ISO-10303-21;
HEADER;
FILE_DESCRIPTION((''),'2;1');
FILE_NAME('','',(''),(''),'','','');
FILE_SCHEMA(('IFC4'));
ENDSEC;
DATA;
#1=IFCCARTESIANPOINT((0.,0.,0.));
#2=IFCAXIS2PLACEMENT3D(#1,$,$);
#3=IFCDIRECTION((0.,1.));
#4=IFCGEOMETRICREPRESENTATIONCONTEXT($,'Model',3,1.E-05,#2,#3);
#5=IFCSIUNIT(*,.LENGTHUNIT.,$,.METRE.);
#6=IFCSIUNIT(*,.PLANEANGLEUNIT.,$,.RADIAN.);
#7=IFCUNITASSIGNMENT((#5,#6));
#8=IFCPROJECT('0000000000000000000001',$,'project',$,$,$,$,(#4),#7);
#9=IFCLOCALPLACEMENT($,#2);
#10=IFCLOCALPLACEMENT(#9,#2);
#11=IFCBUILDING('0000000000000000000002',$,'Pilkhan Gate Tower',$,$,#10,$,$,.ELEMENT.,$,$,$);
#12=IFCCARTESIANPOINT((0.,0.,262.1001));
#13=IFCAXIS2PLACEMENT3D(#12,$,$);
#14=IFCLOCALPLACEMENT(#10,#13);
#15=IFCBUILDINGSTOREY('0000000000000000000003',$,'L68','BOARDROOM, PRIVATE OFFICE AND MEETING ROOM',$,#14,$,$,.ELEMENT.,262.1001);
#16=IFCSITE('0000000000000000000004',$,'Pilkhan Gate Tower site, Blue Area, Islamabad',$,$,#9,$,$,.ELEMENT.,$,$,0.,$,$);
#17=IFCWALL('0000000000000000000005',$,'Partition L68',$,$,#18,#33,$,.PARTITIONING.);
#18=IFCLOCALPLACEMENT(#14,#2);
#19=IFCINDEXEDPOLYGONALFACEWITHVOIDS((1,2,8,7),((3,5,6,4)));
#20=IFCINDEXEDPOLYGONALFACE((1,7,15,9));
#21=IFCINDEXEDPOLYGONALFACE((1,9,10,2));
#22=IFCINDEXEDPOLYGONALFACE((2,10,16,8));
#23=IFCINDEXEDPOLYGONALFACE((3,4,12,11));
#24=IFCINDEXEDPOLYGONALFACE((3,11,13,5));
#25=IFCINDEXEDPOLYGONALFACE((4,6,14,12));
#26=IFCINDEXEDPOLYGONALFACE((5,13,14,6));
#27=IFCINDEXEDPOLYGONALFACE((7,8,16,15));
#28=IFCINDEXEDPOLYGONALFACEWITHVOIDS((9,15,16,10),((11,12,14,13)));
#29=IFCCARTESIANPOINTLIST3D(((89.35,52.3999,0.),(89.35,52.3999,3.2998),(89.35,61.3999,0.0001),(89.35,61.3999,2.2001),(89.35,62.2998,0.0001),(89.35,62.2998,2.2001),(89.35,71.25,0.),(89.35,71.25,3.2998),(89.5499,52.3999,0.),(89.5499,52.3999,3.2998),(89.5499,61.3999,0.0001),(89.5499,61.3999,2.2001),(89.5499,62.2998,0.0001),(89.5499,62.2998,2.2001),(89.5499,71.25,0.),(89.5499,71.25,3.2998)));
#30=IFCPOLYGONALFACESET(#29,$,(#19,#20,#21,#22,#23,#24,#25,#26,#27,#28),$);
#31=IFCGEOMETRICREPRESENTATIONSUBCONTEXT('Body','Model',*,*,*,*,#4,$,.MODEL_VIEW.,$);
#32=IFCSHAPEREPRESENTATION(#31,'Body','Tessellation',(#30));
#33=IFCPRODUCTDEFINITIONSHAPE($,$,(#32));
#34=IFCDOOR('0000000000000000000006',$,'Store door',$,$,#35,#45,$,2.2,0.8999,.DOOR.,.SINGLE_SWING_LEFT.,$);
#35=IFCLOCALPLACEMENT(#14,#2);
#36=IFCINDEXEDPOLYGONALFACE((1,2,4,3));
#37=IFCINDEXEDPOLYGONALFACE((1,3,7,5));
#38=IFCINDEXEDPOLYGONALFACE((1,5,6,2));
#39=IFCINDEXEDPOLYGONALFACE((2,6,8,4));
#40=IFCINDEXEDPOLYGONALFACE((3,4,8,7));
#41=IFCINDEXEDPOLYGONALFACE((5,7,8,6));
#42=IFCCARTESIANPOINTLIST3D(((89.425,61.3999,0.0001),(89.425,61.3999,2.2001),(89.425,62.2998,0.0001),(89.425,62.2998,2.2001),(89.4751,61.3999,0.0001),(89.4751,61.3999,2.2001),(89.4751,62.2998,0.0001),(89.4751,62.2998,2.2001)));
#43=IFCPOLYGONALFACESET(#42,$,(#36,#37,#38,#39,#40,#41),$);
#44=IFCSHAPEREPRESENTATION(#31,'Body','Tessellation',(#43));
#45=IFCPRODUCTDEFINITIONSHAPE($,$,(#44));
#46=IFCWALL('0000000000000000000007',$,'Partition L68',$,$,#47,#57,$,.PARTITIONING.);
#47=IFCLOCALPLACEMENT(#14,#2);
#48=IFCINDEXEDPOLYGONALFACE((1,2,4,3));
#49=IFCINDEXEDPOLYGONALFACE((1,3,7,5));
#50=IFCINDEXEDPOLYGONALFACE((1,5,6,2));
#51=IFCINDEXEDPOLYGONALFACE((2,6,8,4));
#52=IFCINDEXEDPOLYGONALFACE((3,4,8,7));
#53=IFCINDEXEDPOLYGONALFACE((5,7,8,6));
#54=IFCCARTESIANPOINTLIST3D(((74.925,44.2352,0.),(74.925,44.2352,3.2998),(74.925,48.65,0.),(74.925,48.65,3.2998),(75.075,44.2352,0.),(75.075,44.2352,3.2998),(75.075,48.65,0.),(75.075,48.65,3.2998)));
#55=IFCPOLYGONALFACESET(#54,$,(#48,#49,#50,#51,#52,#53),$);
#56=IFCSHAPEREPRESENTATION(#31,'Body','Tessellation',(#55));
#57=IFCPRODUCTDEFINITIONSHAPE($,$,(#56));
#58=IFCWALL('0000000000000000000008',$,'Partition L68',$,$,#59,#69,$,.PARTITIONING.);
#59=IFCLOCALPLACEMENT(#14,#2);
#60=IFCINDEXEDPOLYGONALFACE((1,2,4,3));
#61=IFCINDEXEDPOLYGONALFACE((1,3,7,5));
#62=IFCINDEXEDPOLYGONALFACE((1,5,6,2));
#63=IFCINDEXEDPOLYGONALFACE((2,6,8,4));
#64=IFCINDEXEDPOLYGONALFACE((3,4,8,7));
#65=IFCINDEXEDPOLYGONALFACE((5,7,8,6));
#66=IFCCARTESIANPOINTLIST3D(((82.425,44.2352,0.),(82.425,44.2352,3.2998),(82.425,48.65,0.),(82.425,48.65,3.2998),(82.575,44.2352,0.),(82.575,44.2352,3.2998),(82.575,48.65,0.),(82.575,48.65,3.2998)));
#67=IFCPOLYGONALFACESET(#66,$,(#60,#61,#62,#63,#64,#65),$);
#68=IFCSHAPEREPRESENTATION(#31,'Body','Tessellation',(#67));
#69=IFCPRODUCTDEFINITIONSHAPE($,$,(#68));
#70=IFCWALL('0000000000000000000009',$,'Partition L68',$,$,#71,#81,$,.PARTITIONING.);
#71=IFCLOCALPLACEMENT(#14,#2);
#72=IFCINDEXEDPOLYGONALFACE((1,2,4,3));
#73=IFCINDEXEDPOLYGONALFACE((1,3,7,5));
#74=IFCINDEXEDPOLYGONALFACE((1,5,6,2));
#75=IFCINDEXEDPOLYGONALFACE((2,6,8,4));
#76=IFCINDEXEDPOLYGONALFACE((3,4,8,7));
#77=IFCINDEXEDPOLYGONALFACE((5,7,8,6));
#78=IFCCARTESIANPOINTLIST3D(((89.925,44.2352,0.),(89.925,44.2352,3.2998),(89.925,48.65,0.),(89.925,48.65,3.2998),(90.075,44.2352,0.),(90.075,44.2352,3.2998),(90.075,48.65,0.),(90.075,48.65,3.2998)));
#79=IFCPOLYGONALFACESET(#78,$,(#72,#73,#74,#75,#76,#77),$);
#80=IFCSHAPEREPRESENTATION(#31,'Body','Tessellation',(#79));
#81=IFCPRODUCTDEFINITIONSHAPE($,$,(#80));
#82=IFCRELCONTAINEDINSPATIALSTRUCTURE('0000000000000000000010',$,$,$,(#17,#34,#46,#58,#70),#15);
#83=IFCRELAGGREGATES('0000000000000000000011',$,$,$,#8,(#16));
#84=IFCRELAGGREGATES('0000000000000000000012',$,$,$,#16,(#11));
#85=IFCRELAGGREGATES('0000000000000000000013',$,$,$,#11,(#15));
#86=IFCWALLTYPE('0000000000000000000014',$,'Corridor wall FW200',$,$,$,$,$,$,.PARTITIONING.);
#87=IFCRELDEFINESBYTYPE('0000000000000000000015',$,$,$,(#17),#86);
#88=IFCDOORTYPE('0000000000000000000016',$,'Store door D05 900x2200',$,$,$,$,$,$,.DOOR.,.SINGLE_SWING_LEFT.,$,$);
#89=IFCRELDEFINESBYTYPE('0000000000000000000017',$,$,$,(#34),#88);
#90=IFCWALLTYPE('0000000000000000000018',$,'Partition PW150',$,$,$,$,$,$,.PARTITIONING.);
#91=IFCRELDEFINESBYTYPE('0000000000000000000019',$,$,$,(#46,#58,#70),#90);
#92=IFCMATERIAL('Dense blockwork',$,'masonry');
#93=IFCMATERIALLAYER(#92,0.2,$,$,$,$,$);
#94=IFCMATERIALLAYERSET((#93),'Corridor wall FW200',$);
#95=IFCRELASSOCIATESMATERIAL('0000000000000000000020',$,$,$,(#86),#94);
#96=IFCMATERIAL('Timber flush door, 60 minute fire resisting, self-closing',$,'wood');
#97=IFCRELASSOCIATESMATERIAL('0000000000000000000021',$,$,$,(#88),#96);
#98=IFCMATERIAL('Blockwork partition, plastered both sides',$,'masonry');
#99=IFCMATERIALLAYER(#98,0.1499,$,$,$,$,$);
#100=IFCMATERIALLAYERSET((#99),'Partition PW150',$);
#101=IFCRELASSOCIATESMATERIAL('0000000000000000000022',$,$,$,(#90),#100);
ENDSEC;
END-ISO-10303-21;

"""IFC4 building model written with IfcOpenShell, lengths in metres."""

from ifc_helpers import new_model, si_unit, direction, frame, frame_2d, origin, place, context, subcontext, project, spatial, rectangle, extrude, material, layer, layer_set, type_object, element, fill, save


model = new_model("IFC4")

# Units and contexts
model_context = context("Model", 3, precision=1e-05, world=origin(), true_north=direction((0.0, 1.0)))
body_context = subcontext(model_context, "Body", "Model", "MODEL_VIEW")
ifc_project = project(units=[si_unit("LENGTHUNIT", "METRE"), si_unit("PLANEANGLEUNIT", "RADIAN")], contexts=[model_context])

# Site, building, storey
site_placement = place(None, origin())
site = spatial("IfcSite", under=ifc_project, at=site_placement, Name="Pilkhan Gate Tower site, Blue Area, Islamabad", CompositionType="ELEMENT", RefElevation=0.0)
building_placement = place(site_placement, origin())
building = spatial("IfcBuilding", under=site, at=building_placement, Name="Pilkhan Gate Tower", CompositionType="ELEMENT")
storey_placement = place(building_placement, frame((0.0, 0.0, 262.1001)))
storey = spatial("IfcBuildingStorey", under=building, at=storey_placement, Name="L68", Description="BOARDROOM, PRIVATE OFFICE AND MEETING ROOM", CompositionType="ELEMENT", Elevation=262.1001)

# Wall, opening, door
ifc_material_1 = material(Name="Dense blockwork", Category="masonry")
ifc_layer_1 = layer(ifc_material_1, 0.2)
ifc_layer_set_1 = layer_set([ifc_layer_1], Name="Corridor wall FW200")
wall_type_1 = type_object("IfcWallType", Name="Corridor wall FW200", PredefinedType="PARTITIONING", material=ifc_layer_set_1)
wall_placement = place(storey_placement, frame((89.45, 52.3999, 0.0), z_axis=(0.0, 0.0, 1.0), x_axis=(0.0, 1.0, 0.0)))
wall = element("IfcWall", 1, at=wall_placement, inside=storey, type_object=wall_type_1, Name="Partition L68", PredefinedType="PARTITIONING", context=body_context, shape_type="SweptSolid", body=[
    extrude(rectangle(XDim=18.8501, YDim=0.2, at=frame_2d((9.425, 0.0))), origin(), (0.0, 0.0, 1.0), 3.2998),
])
opening_placement = place(wall_placement, frame((9.0, 0.0, 0.0)))
opening = element("IfcOpeningElement", 2, at=opening_placement, cuts=wall, PredefinedType="OPENING", context=body_context, shape_type="SweptSolid", body=[
    extrude(rectangle(XDim=0.8999, YDim=2.2, at=frame_2d((0.45, 1.1001))), frame((0.0, 0.1099, 0.0), z_axis=(0.0, -1.0, 0.0), x_axis=(1.0, 0.0, 0.0)), (0.0, 0.0, 1.0), 0.22),
])
ifc_material_2 = material(Name="Timber flush door, 60 minute fire resisting, self-closing", Category="wood")
door_type = type_object("IfcDoorType", Name="Store door D05 900x2200", OperationType="SINGLE_SWING_LEFT", PredefinedType="DOOR", material=ifc_material_2)
door_placement = place(opening_placement, origin())
door = element("IfcDoor", 3, at=door_placement, inside=storey, type_object=door_type, Name="Store door", OperationType="SINGLE_SWING_LEFT", OverallHeight=2.2, OverallWidth=0.8999, PredefinedType="DOOR", context=body_context, shape_type="SweptSolid", body=[
    extrude(rectangle(XDim=0.8999, YDim=2.2, at=frame_2d((0.45, 1.1001))), frame((0.0, 0.0249, 0.0), z_axis=(0.0, -1.0, 0.0), x_axis=(1.0, 0.0, 0.0)), (0.0, 0.0, 1.0), 0.05),
])
fill(opening, door)

# Walls
ifc_material_3 = material(Name="Blockwork partition, plastered both sides", Category="masonry")
ifc_layer_2 = layer(ifc_material_3, 0.1499)
ifc_layer_set_2 = layer_set([ifc_layer_2], Name="Partition PW150")
wall_type_2 = type_object("IfcWallType", Name="Partition PW150", PredefinedType="PARTITIONING", material=ifc_layer_set_2)
for number, where, z_axis, x_axis, name in (
    (4, (75.0, 44.2351, 0.0), (0.0, 0.0, 1.0), (0.0, 1.0, 0.0), "Partition L68"),
    (5, (82.5, 44.2351, 0.0), (0.0, 0.0, 1.0), (0.0, 1.0, 0.0), "Partition L68"),
    (6, (90.0, 44.2351, 0.0), (0.0, 0.0, 1.0), (0.0, 1.0, 0.0), "Partition L68"),
):
    element("IfcWall", number, at=place(storey_placement, frame(where, z_axis=z_axis, x_axis=x_axis)), inside=storey, type_object=wall_type_2, Name=name, PredefinedType="PARTITIONING", context=body_context, shape_type="SweptSolid", body=[
        extrude(rectangle(XDim=4.4148, YDim=0.1499, at=frame_2d((2.2075, 0.0))), origin(), (0.0, 0.0, 1.0), 3.2998),
    ])

save(model, "model.ifc")
